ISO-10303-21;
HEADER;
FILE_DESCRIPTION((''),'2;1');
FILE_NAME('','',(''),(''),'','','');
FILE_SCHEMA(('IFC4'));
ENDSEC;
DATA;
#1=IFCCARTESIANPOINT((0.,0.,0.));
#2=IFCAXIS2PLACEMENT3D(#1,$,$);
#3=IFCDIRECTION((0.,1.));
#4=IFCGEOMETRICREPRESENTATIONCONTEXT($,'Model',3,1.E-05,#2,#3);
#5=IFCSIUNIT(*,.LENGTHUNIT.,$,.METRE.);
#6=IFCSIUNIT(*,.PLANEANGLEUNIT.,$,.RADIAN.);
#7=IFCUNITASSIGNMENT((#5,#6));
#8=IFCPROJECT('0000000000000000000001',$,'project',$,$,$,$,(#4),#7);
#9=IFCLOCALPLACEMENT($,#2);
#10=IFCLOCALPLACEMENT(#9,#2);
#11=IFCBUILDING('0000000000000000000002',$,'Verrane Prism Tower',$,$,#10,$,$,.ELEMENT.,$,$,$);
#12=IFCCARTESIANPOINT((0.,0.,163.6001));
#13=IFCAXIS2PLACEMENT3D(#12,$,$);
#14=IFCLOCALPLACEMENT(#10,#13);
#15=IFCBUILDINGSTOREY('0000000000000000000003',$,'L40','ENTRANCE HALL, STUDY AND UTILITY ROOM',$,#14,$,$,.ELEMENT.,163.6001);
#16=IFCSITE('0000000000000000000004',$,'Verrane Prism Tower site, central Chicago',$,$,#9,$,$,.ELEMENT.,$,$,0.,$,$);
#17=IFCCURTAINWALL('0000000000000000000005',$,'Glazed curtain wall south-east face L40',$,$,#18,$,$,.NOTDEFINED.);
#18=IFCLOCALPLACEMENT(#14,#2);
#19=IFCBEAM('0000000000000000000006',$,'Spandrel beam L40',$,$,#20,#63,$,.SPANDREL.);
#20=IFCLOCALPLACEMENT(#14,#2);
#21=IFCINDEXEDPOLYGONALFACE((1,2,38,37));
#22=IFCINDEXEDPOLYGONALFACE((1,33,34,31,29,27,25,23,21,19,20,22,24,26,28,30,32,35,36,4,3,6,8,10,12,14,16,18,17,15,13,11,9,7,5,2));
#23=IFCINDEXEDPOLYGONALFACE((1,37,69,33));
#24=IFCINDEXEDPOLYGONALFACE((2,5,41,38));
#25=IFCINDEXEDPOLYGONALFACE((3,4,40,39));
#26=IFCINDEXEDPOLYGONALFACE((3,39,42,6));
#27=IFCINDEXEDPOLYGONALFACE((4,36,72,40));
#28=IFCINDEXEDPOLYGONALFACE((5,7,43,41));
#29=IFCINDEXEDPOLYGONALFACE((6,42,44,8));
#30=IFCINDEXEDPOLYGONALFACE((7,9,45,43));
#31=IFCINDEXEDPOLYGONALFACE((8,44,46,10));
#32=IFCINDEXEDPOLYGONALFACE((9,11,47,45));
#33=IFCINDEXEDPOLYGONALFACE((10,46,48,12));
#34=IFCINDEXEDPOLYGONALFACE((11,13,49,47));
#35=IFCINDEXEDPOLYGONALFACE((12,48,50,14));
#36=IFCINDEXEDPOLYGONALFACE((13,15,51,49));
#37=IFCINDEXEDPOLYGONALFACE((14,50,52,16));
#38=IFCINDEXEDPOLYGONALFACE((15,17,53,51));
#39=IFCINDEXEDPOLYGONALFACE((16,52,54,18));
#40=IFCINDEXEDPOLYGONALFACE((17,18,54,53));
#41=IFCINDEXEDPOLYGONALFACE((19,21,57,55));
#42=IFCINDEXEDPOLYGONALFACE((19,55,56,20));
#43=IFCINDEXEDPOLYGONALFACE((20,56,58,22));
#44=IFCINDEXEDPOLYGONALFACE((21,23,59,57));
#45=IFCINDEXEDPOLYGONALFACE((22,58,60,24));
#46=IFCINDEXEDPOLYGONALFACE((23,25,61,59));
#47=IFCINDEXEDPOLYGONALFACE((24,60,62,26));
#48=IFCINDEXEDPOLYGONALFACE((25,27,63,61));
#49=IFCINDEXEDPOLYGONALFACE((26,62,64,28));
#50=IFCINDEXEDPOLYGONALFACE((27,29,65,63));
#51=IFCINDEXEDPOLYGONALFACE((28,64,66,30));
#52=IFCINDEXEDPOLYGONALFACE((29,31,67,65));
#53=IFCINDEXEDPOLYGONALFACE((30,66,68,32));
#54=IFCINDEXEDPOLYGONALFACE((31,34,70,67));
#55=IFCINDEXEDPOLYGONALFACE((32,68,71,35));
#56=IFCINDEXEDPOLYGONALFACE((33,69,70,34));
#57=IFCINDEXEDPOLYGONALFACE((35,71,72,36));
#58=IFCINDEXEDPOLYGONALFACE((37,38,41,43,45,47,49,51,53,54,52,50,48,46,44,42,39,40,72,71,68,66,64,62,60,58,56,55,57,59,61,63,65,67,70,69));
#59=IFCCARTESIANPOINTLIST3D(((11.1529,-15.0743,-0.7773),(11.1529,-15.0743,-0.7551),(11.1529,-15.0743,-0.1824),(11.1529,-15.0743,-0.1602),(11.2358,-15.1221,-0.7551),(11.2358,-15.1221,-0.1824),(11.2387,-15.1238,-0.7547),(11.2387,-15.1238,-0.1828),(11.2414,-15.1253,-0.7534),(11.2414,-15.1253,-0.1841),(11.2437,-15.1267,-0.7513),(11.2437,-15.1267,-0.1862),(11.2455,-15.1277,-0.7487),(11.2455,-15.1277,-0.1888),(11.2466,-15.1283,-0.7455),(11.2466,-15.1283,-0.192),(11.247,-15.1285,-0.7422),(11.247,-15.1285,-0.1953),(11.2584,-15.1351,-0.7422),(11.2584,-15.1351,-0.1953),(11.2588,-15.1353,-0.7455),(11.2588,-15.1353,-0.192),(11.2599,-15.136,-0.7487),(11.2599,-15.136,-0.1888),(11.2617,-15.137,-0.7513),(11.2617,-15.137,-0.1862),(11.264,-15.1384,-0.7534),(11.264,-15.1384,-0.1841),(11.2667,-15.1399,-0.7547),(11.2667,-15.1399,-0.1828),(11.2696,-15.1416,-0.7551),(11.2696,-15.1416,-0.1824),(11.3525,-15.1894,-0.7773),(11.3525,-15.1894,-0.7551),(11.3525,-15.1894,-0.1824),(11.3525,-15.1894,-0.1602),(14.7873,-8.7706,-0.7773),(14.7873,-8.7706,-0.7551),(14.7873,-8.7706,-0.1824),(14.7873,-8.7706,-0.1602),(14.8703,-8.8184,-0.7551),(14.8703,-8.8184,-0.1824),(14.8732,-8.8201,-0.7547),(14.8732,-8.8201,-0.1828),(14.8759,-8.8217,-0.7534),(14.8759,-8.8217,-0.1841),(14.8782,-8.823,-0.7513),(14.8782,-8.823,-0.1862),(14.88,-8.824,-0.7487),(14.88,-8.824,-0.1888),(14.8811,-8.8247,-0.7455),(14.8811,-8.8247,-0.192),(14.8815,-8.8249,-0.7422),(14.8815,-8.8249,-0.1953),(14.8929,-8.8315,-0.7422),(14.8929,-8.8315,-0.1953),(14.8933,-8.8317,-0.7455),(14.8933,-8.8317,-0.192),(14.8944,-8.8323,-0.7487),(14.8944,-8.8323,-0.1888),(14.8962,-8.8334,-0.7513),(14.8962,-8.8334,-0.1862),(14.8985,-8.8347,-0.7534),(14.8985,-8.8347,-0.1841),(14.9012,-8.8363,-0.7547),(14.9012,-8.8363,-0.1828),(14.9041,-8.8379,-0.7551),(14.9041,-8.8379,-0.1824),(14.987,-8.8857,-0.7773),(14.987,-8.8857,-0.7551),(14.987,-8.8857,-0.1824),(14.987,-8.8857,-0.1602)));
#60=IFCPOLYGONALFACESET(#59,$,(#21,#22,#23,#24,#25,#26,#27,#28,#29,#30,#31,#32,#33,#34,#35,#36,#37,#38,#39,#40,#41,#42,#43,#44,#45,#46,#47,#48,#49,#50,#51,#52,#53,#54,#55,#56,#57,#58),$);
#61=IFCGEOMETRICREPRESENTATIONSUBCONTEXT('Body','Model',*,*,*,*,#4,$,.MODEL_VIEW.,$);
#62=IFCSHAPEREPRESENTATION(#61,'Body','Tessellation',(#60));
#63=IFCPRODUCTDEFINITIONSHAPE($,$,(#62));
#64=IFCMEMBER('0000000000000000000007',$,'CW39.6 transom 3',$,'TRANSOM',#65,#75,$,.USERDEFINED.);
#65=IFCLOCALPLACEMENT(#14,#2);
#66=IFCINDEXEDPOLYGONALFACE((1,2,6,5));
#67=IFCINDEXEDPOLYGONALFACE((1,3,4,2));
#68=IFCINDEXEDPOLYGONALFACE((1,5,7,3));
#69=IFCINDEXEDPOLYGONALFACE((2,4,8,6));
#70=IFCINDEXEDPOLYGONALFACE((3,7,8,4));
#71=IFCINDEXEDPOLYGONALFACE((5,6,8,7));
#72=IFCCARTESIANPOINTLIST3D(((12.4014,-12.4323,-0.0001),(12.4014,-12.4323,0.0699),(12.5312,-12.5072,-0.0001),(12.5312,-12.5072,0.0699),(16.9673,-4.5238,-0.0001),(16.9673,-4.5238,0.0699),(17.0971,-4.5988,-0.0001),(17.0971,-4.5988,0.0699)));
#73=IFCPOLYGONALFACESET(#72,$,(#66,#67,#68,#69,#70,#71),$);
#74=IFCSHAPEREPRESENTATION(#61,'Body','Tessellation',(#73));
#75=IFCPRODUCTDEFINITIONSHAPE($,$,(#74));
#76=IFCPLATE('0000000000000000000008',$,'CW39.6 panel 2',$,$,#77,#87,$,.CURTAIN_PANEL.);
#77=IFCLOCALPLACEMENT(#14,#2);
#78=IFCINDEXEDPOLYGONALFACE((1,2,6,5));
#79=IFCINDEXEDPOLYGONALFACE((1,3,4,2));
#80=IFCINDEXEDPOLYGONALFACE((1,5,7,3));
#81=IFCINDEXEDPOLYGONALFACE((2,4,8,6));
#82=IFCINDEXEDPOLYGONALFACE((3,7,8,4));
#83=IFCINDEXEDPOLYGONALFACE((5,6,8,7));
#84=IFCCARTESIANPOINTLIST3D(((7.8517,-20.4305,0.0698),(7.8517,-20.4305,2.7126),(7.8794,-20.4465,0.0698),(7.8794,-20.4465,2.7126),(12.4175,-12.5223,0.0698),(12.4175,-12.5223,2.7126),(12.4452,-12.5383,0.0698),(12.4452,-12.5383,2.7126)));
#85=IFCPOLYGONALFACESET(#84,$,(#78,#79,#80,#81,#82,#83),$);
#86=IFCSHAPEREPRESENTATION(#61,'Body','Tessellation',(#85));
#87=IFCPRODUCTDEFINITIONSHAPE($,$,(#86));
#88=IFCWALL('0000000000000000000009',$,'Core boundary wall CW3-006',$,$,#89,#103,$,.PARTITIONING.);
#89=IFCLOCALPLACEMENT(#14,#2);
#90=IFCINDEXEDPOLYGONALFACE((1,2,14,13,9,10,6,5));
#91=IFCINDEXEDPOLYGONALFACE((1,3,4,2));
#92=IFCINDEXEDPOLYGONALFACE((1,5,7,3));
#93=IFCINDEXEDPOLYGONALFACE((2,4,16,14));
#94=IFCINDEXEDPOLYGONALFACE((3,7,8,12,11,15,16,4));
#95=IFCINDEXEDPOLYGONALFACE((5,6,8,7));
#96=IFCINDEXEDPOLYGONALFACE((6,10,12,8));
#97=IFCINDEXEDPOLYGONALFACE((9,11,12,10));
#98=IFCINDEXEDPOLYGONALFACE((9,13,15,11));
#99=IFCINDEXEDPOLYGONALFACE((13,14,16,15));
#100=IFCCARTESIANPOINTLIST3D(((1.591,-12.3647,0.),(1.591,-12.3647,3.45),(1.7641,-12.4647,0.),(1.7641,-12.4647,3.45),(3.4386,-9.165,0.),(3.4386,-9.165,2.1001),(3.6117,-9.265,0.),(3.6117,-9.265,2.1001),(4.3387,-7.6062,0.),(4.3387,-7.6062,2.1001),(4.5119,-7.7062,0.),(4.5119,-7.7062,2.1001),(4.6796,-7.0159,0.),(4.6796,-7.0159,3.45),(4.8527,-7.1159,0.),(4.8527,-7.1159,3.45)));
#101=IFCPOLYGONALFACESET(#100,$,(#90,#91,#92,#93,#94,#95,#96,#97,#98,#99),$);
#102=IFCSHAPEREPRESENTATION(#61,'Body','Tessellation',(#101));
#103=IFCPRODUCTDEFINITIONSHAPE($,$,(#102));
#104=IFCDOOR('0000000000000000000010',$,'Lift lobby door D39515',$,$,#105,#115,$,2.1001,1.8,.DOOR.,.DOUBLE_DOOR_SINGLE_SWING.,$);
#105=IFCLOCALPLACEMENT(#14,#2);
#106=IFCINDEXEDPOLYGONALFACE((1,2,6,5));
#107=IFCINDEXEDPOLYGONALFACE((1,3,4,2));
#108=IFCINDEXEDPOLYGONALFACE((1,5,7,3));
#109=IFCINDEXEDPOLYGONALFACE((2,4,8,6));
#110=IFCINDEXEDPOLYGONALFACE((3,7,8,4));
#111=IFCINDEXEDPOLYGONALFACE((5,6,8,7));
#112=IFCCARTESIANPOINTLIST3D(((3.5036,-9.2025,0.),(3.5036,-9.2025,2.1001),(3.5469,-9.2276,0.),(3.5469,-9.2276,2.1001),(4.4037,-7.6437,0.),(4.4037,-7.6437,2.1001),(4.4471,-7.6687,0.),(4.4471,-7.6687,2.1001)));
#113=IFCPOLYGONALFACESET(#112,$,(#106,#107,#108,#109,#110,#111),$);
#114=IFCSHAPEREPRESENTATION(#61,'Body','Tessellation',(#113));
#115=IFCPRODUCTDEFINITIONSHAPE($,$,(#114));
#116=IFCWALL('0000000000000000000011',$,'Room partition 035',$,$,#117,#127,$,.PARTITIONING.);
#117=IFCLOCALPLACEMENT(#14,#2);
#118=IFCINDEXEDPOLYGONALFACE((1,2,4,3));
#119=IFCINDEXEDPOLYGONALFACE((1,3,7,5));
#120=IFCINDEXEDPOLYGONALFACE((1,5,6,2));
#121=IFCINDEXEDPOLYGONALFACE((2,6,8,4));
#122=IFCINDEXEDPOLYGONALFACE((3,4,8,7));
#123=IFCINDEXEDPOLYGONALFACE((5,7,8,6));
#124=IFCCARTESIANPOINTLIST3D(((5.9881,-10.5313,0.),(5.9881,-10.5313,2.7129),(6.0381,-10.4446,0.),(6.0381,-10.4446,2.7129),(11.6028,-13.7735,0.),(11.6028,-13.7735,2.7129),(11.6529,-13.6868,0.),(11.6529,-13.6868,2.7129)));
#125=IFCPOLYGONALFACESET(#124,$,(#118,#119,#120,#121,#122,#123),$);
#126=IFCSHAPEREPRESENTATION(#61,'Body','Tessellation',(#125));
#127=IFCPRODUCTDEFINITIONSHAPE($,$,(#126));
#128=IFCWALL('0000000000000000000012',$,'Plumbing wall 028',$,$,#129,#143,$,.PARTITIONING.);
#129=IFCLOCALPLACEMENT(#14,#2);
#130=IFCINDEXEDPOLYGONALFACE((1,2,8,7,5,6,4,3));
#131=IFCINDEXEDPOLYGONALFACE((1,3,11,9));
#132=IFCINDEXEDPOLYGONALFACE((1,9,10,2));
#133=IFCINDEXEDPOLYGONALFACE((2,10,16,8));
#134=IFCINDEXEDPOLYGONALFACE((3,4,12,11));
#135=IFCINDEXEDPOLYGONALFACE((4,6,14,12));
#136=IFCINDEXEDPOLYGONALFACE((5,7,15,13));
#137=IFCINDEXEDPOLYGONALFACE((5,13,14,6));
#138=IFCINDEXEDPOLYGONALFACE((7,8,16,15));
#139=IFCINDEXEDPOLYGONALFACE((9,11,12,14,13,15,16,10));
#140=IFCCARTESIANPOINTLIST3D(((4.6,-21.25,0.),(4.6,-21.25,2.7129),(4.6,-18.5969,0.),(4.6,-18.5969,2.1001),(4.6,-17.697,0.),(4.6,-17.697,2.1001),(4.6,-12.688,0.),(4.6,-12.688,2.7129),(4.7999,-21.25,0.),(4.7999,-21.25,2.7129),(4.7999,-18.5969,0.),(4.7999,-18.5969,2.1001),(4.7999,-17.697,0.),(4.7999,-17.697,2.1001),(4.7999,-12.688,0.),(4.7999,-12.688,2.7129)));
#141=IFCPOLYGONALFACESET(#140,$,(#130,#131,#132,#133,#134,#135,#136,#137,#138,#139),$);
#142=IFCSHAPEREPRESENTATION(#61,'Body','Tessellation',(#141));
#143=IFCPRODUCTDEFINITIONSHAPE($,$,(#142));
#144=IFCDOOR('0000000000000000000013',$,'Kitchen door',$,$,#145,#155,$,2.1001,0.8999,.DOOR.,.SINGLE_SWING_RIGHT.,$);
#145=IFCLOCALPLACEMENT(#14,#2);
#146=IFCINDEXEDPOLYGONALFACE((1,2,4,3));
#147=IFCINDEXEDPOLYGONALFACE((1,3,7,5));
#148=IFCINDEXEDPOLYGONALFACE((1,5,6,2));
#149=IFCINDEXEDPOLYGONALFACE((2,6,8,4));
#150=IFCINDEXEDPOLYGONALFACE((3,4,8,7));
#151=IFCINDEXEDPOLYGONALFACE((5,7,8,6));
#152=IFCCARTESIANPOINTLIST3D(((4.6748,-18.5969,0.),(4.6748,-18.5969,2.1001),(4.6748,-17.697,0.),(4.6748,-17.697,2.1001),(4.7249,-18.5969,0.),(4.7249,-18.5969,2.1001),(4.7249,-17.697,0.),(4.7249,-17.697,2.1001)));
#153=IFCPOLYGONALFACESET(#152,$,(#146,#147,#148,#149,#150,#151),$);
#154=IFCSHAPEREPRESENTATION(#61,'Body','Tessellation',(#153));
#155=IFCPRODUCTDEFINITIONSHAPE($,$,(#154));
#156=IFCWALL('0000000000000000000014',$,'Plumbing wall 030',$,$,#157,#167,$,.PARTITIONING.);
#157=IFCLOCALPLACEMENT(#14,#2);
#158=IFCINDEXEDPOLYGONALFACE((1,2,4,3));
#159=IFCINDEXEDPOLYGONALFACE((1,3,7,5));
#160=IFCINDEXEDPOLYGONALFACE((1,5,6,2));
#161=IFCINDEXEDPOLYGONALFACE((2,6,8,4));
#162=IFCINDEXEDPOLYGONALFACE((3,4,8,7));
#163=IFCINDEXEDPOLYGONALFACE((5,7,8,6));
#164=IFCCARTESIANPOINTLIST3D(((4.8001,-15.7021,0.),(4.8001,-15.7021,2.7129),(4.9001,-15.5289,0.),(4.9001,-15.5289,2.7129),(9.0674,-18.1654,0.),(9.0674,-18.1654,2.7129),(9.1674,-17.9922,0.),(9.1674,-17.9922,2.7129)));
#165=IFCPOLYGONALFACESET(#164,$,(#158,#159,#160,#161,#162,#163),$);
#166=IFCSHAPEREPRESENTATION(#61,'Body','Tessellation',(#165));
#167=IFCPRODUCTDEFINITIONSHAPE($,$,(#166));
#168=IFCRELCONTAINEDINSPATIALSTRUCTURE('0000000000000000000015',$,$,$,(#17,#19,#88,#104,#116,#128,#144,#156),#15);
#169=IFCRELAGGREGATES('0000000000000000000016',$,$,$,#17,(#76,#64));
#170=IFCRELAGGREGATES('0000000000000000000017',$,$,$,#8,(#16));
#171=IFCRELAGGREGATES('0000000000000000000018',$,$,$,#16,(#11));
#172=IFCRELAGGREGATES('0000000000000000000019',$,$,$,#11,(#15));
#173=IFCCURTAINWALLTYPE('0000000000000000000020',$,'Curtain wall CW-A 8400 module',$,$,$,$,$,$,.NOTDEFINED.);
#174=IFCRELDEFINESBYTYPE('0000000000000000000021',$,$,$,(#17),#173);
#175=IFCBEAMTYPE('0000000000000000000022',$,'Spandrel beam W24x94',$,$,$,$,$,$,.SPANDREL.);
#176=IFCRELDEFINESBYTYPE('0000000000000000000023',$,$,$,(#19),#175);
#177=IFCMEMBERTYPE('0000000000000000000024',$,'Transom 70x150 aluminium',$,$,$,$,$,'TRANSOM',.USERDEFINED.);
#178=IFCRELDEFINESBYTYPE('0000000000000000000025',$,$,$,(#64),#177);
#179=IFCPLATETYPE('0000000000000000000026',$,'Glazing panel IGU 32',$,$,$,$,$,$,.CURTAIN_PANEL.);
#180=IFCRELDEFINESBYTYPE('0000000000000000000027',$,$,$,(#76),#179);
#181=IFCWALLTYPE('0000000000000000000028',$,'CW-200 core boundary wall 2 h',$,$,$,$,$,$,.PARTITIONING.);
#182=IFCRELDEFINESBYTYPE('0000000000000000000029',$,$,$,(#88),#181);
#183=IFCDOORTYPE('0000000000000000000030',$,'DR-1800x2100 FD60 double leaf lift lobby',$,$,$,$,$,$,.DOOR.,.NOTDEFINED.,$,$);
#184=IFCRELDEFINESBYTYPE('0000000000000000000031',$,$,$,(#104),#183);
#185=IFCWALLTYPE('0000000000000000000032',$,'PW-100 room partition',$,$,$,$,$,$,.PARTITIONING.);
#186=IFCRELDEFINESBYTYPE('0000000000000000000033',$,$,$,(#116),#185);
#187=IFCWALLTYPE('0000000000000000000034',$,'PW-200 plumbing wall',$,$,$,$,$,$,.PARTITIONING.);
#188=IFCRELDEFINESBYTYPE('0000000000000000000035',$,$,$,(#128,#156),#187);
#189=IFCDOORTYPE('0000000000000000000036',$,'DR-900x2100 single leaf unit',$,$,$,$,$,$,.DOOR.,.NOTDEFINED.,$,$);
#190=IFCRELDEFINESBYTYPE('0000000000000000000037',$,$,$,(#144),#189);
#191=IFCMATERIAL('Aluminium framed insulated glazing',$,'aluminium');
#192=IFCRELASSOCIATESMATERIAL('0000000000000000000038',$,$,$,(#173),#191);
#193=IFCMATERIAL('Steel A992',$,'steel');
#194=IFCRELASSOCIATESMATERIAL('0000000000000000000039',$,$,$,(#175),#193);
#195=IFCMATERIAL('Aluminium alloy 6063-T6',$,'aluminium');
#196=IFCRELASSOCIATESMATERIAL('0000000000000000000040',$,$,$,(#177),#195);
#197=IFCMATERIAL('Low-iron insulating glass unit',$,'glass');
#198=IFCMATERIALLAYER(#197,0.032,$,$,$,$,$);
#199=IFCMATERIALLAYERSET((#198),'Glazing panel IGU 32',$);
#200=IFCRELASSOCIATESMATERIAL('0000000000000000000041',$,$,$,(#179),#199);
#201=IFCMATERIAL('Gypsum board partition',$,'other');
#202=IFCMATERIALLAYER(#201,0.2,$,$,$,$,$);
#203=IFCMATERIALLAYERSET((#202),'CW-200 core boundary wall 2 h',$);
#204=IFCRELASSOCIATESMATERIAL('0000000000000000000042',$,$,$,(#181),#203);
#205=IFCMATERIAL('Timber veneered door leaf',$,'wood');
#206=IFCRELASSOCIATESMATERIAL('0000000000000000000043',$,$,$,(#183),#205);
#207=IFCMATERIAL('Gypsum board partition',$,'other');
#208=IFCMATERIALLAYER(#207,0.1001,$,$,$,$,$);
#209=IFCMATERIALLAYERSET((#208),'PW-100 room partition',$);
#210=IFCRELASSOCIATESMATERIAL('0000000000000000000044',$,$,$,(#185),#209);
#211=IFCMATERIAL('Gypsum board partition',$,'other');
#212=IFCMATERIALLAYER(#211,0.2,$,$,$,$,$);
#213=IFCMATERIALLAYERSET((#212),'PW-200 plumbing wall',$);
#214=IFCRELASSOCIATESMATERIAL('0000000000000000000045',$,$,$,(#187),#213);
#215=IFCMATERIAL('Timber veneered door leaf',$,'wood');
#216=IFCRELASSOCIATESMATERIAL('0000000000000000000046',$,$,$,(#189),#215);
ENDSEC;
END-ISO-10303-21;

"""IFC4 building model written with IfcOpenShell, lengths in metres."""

from ifc_helpers import new_model, si_unit, direction, frame, frame_2d, origin, origin_2d, place, context, subcontext, project, spatial, rectangle, i_section, extrude, material, layer, layer_set, material_profile, profile_set, type_object, element, fill, aggregate, save


model = new_model("IFC4")

# Units and contexts
model_context = context("Model", 3, precision=1e-05, world=origin(), true_north=direction((0.0, 1.0)))
body_context = subcontext(model_context, "Body", "Model", "MODEL_VIEW")
ifc_project = project(units=[si_unit("LENGTHUNIT", "METRE"), si_unit("PLANEANGLEUNIT", "RADIAN")], contexts=[model_context])

# Site, building, storey
site_placement = place(None, origin())
site = spatial("IfcSite", under=ifc_project, at=site_placement, Name="Verrane Prism Tower site, central Chicago", CompositionType="ELEMENT", RefElevation=0.0)
building_placement = place(site_placement, origin())
building = spatial("IfcBuilding", under=site, at=building_placement, Name="Verrane Prism Tower", CompositionType="ELEMENT")
storey_placement = place(building_placement, frame((0.0, 0.0, 163.6001)))
storey = spatial("IfcBuildingStorey", under=building, at=storey_placement, Name="L40", Description="ENTRANCE HALL, STUDY AND UTILITY ROOM", CompositionType="ELEMENT", Elevation=163.6001)

# Curtain wall
ifc_material_1 = material(Name="Aluminium framed insulated glazing", Category="aluminium")
curtain_wall_type = type_object("IfcCurtainWallType", Name="Curtain wall CW-A 8400 module", PredefinedType="NOTDEFINED", material=ifc_material_1)
curtain_wall_placement = place(storey_placement, origin())
curtain_wall = element("IfcCurtainWall", 1, at=curtain_wall_placement, inside=storey, type_object=curtain_wall_type, Name="Glazed curtain wall south-east face L40", PredefinedType="NOTDEFINED")

# Beam
ifc_material_2 = material(Name="Steel A992", Category="steel")
ifc_material_profile_1 = material_profile(ifc_material_2, i_section(OverallWidth=0.2305, OverallDepth=0.6172, WebThickness=0.0132, FlangeThickness=0.0222, FilletRadius=0.0129, at=origin_2d()), Name="W24x94")
ifc_profile_set_1 = profile_set([ifc_material_profile_1], Name="Steel A992")
beam_type_1 = type_object("IfcBeamType", Name="Spandrel beam W24x94", PredefinedType="SPANDREL", material=ifc_profile_set_1)
beam_1_placement = place(storey_placement, frame((11.2527, -15.1318, -0.4688), z_axis=(0.499492, 0.866318, 0.0), x_axis=(-0.866318, 0.499492, 0.0)))
element("IfcBeam", 2, at=beam_1_placement, inside=storey, type_object=beam_type_1, Name="Spandrel beam L40", PredefinedType="SPANDREL", context=body_context, shape_type="SweptSolid", body=[
    extrude(i_section(OverallWidth=0.2305, OverallDepth=0.6172, WebThickness=0.0132, FlangeThickness=0.0222, FilletRadius=0.0129, at=origin_2d()), origin(), (0.0, 0.0, 1.0), 7.2764),
])

# Member
ifc_material_3 = material(Name="Aluminium alloy 6063-T6", Category="aluminium")
ifc_material_profile_2 = material_profile(ifc_material_3, rectangle(XDim=0.1499, YDim=0.0701, at=origin_2d()), Name="Transom 70x150 aluminium")
ifc_profile_set_2 = profile_set([ifc_material_profile_2], Name="Aluminium alloy 6063-T6")
member_type_1 = type_object("IfcMemberType", Name="Transom 70x150 aluminium", ElementType="TRANSOM", PredefinedType="USERDEFINED", material=ifc_profile_set_2)
member_1_placement = place(storey_placement, frame((12.4663, -12.4697, 0.0349), z_axis=(0.499998, 0.866027, 0.0), x_axis=(-0.866027, 0.499998, 0.0)))
member_1 = element("IfcMember", 3, at=member_1_placement, type_object=member_type_1, Name="CW39.6 transom 3", ObjectType="TRANSOM", PredefinedType="USERDEFINED", context=body_context, shape_type="SweptSolid", body=[
    extrude(rectangle(XDim=0.1499, YDim=0.0701, at=origin_2d()), origin(), (0.0, 0.0, 1.0), 9.1318),
])

# Plate
ifc_material_4 = material(Name="Low-iron insulating glass unit", Category="glass")
ifc_layer_1 = layer(ifc_material_4, 0.032)
ifc_layer_set_1 = layer_set([ifc_layer_1], Name="Glazing panel IGU 32")
plate_type = type_object("IfcPlateType", Name="Glazing panel IGU 32", PredefinedType="CURTAIN_PANEL", material=ifc_layer_set_1)
plate_placement = place(storey_placement, frame((10.1484, -16.4844, 0.0698), z_axis=(0.0, 0.0, 1.0), x_axis=(0.499999, 0.866026, 0.0)))
plate = element("IfcPlate", 4, at=plate_placement, type_object=plate_type, Name="CW39.6 panel 2", PredefinedType="CURTAIN_PANEL", context=body_context, shape_type="SweptSolid", body=[
    extrude(rectangle(XDim=9.1316, YDim=0.032, at=origin_2d()), origin(), (0.0, 0.0, 1.0), 2.6428),
])
aggregate(curtain_wall, [plate, member_1])

# Wall, opening, door
ifc_material_5 = material(Name="Gypsum board partition", Category="other")
ifc_layer_2 = layer(ifc_material_5, 0.2)
ifc_layer_set_2 = layer_set([ifc_layer_2], Name="CW-200 core boundary wall 2 h")
wall_type_1 = type_object("IfcWallType", Name="CW-200 core boundary wall 2 h", PredefinedType="PARTITIONING", material=ifc_layer_set_2)
wall_1_placement = place(storey_placement, frame((1.6775, -12.4148, 0.0), z_axis=(0.0, 0.0, 1.0), x_axis=(0.500054, 0.865994, 0.0)))
wall_1 = element("IfcWall", 5, at=wall_1_placement, inside=storey, type_object=wall_type_1, Name="Core boundary wall CW3-006", PredefinedType="PARTITIONING", context=body_context, shape_type="SweptSolid", body=[
    extrude(rectangle(XDim=6.1765, YDim=0.2, at=frame_2d((3.0884, 0.0))), origin(), (0.0, 0.0, 1.0), 3.45),
])
opening_1_placement = place(wall_1_placement, frame((3.6951, 0.0, 0.0)))
opening_1 = element("IfcOpeningElement", 6, at=opening_1_placement, cuts=wall_1, PredefinedType="OPENING", context=body_context, shape_type="SweptSolid", body=[
    extrude(rectangle(XDim=1.8, YDim=2.1001, at=frame_2d((0.8999, 1.05))), frame((0.0, 0.1099, 0.0), z_axis=(0.0, -1.0, 0.0), x_axis=(1.0, 0.0, 0.0)), (0.0, 0.0, 1.0), 0.22),
])
ifc_material_6 = material(Name="Timber veneered door leaf", Category="wood")
door_type_1 = type_object("IfcDoorType", Name="DR-1800x2100 FD60 double leaf lift lobby", OperationType="NOTDEFINED", PredefinedType="DOOR", material=ifc_material_6)
door_1_placement = place(opening_1_placement, origin())
door_1 = element("IfcDoor", 7, at=door_1_placement, inside=storey, type_object=door_type_1, Name="Lift lobby door D39515", OperationType="DOUBLE_DOOR_SINGLE_SWING", OverallHeight=2.1001, OverallWidth=1.8, PredefinedType="DOOR", context=body_context, shape_type="SweptSolid", body=[
    extrude(rectangle(XDim=1.8, YDim=2.1001, at=frame_2d((0.8999, 1.05))), frame((0.0, 0.0249, 0.0), z_axis=(0.0, -1.0, 0.0), x_axis=(1.0, 0.0, 0.0)), (0.0, 0.0, 1.0), 0.05),
])
fill(opening_1, door_1)

# Wall
ifc_material_7 = material(Name="Gypsum board partition", Category="other")
ifc_layer_3 = layer(ifc_material_7, 0.1001)
ifc_layer_set_3 = layer_set([ifc_layer_3], Name="PW-100 room partition")
wall_type_2 = type_object("IfcWallType", Name="PW-100 room partition", PredefinedType="PARTITIONING", material=ifc_layer_set_3)
wall_2_placement = place(storey_placement, frame((6.0132, -10.488, 0.0), z_axis=(0.0, 0.0, 1.0), x_axis=(0.865991, -0.500059, 0.0)))
element("IfcWall", 8, at=wall_2_placement, inside=storey, type_object=wall_type_2, Name="Room partition 035", PredefinedType="PARTITIONING", context=body_context, shape_type="SweptSolid", body=[
    extrude(rectangle(XDim=6.4836, YDim=0.1001, at=frame_2d((3.2417, 0.0))), origin(), (0.0, 0.0, 1.0), 2.7129),
])

# Wall, opening, door
ifc_material_8 = material(Name="Gypsum board partition", Category="other")
ifc_layer_4 = layer(ifc_material_8, 0.2)
ifc_layer_set_4 = layer_set([ifc_layer_4], Name="PW-200 plumbing wall")
wall_type_3 = type_object("IfcWallType", Name="PW-200 plumbing wall", PredefinedType="PARTITIONING", material=ifc_layer_set_4)
wall_3_placement = place(storey_placement, frame((4.7, -12.688, 0.0), z_axis=(0.0, 0.0, 1.0), x_axis=(0.0, -1.0, 0.0)))
wall_3 = element("IfcWall", 9, at=wall_3_placement, inside=storey, type_object=wall_type_3, Name="Plumbing wall 028", PredefinedType="PARTITIONING", context=body_context, shape_type="SweptSolid", body=[
    extrude(rectangle(XDim=8.562, YDim=0.2, at=frame_2d((4.281, 0.0))), origin(), (0.0, 0.0, 1.0), 2.7129),
])
opening_2_placement = place(wall_3_placement, frame((5.009, 0.0, 0.0)))
opening_2 = element("IfcOpeningElement", 10, at=opening_2_placement, cuts=wall_3, PredefinedType="OPENING", context=body_context, shape_type="SweptSolid", body=[
    extrude(rectangle(XDim=0.8999, YDim=2.1001, at=frame_2d((0.45, 1.05))), frame((0.0, 0.1099, 0.0), z_axis=(0.0, -1.0, 0.0), x_axis=(1.0, 0.0, 0.0)), (0.0, 0.0, 1.0), 0.22),
])
ifc_material_9 = material(Name="Timber veneered door leaf", Category="wood")
door_type_2 = type_object("IfcDoorType", Name="DR-900x2100 single leaf unit", OperationType="NOTDEFINED", PredefinedType="DOOR", material=ifc_material_9)
door_2_placement = place(opening_2_placement, origin())
door_2 = element("IfcDoor", 11, at=door_2_placement, inside=storey, type_object=door_type_2, Name="Kitchen door", OperationType="SINGLE_SWING_RIGHT", OverallHeight=2.1001, OverallWidth=0.8999, PredefinedType="DOOR", context=body_context, shape_type="SweptSolid", body=[
    extrude(rectangle(XDim=0.8999, YDim=2.1001, at=frame_2d((0.45, 1.05))), frame((0.0, 0.0249, 0.0), z_axis=(0.0, -1.0, 0.0), x_axis=(1.0, 0.0, 0.0)), (0.0, 0.0, 1.0), 0.05),
])
fill(opening_2, door_2)

# Wall
wall_4_placement = place(storey_placement, frame((4.8501, -15.6155, 0.0), z_axis=(0.0, 0.0, 1.0), x_axis=(0.866058, -0.499944, 0.0)))
element("IfcWall", 12, at=wall_4_placement, inside=storey, type_object=wall_type_3, Name="Plumbing wall 030", PredefinedType="PARTITIONING", context=body_context, shape_type="SweptSolid", body=[
    extrude(rectangle(XDim=4.9272, YDim=0.2, at=frame_2d((2.4636, 0.0))), origin(), (0.0, 0.0, 1.0), 2.7129),
])

save(model, "model.ifc")
